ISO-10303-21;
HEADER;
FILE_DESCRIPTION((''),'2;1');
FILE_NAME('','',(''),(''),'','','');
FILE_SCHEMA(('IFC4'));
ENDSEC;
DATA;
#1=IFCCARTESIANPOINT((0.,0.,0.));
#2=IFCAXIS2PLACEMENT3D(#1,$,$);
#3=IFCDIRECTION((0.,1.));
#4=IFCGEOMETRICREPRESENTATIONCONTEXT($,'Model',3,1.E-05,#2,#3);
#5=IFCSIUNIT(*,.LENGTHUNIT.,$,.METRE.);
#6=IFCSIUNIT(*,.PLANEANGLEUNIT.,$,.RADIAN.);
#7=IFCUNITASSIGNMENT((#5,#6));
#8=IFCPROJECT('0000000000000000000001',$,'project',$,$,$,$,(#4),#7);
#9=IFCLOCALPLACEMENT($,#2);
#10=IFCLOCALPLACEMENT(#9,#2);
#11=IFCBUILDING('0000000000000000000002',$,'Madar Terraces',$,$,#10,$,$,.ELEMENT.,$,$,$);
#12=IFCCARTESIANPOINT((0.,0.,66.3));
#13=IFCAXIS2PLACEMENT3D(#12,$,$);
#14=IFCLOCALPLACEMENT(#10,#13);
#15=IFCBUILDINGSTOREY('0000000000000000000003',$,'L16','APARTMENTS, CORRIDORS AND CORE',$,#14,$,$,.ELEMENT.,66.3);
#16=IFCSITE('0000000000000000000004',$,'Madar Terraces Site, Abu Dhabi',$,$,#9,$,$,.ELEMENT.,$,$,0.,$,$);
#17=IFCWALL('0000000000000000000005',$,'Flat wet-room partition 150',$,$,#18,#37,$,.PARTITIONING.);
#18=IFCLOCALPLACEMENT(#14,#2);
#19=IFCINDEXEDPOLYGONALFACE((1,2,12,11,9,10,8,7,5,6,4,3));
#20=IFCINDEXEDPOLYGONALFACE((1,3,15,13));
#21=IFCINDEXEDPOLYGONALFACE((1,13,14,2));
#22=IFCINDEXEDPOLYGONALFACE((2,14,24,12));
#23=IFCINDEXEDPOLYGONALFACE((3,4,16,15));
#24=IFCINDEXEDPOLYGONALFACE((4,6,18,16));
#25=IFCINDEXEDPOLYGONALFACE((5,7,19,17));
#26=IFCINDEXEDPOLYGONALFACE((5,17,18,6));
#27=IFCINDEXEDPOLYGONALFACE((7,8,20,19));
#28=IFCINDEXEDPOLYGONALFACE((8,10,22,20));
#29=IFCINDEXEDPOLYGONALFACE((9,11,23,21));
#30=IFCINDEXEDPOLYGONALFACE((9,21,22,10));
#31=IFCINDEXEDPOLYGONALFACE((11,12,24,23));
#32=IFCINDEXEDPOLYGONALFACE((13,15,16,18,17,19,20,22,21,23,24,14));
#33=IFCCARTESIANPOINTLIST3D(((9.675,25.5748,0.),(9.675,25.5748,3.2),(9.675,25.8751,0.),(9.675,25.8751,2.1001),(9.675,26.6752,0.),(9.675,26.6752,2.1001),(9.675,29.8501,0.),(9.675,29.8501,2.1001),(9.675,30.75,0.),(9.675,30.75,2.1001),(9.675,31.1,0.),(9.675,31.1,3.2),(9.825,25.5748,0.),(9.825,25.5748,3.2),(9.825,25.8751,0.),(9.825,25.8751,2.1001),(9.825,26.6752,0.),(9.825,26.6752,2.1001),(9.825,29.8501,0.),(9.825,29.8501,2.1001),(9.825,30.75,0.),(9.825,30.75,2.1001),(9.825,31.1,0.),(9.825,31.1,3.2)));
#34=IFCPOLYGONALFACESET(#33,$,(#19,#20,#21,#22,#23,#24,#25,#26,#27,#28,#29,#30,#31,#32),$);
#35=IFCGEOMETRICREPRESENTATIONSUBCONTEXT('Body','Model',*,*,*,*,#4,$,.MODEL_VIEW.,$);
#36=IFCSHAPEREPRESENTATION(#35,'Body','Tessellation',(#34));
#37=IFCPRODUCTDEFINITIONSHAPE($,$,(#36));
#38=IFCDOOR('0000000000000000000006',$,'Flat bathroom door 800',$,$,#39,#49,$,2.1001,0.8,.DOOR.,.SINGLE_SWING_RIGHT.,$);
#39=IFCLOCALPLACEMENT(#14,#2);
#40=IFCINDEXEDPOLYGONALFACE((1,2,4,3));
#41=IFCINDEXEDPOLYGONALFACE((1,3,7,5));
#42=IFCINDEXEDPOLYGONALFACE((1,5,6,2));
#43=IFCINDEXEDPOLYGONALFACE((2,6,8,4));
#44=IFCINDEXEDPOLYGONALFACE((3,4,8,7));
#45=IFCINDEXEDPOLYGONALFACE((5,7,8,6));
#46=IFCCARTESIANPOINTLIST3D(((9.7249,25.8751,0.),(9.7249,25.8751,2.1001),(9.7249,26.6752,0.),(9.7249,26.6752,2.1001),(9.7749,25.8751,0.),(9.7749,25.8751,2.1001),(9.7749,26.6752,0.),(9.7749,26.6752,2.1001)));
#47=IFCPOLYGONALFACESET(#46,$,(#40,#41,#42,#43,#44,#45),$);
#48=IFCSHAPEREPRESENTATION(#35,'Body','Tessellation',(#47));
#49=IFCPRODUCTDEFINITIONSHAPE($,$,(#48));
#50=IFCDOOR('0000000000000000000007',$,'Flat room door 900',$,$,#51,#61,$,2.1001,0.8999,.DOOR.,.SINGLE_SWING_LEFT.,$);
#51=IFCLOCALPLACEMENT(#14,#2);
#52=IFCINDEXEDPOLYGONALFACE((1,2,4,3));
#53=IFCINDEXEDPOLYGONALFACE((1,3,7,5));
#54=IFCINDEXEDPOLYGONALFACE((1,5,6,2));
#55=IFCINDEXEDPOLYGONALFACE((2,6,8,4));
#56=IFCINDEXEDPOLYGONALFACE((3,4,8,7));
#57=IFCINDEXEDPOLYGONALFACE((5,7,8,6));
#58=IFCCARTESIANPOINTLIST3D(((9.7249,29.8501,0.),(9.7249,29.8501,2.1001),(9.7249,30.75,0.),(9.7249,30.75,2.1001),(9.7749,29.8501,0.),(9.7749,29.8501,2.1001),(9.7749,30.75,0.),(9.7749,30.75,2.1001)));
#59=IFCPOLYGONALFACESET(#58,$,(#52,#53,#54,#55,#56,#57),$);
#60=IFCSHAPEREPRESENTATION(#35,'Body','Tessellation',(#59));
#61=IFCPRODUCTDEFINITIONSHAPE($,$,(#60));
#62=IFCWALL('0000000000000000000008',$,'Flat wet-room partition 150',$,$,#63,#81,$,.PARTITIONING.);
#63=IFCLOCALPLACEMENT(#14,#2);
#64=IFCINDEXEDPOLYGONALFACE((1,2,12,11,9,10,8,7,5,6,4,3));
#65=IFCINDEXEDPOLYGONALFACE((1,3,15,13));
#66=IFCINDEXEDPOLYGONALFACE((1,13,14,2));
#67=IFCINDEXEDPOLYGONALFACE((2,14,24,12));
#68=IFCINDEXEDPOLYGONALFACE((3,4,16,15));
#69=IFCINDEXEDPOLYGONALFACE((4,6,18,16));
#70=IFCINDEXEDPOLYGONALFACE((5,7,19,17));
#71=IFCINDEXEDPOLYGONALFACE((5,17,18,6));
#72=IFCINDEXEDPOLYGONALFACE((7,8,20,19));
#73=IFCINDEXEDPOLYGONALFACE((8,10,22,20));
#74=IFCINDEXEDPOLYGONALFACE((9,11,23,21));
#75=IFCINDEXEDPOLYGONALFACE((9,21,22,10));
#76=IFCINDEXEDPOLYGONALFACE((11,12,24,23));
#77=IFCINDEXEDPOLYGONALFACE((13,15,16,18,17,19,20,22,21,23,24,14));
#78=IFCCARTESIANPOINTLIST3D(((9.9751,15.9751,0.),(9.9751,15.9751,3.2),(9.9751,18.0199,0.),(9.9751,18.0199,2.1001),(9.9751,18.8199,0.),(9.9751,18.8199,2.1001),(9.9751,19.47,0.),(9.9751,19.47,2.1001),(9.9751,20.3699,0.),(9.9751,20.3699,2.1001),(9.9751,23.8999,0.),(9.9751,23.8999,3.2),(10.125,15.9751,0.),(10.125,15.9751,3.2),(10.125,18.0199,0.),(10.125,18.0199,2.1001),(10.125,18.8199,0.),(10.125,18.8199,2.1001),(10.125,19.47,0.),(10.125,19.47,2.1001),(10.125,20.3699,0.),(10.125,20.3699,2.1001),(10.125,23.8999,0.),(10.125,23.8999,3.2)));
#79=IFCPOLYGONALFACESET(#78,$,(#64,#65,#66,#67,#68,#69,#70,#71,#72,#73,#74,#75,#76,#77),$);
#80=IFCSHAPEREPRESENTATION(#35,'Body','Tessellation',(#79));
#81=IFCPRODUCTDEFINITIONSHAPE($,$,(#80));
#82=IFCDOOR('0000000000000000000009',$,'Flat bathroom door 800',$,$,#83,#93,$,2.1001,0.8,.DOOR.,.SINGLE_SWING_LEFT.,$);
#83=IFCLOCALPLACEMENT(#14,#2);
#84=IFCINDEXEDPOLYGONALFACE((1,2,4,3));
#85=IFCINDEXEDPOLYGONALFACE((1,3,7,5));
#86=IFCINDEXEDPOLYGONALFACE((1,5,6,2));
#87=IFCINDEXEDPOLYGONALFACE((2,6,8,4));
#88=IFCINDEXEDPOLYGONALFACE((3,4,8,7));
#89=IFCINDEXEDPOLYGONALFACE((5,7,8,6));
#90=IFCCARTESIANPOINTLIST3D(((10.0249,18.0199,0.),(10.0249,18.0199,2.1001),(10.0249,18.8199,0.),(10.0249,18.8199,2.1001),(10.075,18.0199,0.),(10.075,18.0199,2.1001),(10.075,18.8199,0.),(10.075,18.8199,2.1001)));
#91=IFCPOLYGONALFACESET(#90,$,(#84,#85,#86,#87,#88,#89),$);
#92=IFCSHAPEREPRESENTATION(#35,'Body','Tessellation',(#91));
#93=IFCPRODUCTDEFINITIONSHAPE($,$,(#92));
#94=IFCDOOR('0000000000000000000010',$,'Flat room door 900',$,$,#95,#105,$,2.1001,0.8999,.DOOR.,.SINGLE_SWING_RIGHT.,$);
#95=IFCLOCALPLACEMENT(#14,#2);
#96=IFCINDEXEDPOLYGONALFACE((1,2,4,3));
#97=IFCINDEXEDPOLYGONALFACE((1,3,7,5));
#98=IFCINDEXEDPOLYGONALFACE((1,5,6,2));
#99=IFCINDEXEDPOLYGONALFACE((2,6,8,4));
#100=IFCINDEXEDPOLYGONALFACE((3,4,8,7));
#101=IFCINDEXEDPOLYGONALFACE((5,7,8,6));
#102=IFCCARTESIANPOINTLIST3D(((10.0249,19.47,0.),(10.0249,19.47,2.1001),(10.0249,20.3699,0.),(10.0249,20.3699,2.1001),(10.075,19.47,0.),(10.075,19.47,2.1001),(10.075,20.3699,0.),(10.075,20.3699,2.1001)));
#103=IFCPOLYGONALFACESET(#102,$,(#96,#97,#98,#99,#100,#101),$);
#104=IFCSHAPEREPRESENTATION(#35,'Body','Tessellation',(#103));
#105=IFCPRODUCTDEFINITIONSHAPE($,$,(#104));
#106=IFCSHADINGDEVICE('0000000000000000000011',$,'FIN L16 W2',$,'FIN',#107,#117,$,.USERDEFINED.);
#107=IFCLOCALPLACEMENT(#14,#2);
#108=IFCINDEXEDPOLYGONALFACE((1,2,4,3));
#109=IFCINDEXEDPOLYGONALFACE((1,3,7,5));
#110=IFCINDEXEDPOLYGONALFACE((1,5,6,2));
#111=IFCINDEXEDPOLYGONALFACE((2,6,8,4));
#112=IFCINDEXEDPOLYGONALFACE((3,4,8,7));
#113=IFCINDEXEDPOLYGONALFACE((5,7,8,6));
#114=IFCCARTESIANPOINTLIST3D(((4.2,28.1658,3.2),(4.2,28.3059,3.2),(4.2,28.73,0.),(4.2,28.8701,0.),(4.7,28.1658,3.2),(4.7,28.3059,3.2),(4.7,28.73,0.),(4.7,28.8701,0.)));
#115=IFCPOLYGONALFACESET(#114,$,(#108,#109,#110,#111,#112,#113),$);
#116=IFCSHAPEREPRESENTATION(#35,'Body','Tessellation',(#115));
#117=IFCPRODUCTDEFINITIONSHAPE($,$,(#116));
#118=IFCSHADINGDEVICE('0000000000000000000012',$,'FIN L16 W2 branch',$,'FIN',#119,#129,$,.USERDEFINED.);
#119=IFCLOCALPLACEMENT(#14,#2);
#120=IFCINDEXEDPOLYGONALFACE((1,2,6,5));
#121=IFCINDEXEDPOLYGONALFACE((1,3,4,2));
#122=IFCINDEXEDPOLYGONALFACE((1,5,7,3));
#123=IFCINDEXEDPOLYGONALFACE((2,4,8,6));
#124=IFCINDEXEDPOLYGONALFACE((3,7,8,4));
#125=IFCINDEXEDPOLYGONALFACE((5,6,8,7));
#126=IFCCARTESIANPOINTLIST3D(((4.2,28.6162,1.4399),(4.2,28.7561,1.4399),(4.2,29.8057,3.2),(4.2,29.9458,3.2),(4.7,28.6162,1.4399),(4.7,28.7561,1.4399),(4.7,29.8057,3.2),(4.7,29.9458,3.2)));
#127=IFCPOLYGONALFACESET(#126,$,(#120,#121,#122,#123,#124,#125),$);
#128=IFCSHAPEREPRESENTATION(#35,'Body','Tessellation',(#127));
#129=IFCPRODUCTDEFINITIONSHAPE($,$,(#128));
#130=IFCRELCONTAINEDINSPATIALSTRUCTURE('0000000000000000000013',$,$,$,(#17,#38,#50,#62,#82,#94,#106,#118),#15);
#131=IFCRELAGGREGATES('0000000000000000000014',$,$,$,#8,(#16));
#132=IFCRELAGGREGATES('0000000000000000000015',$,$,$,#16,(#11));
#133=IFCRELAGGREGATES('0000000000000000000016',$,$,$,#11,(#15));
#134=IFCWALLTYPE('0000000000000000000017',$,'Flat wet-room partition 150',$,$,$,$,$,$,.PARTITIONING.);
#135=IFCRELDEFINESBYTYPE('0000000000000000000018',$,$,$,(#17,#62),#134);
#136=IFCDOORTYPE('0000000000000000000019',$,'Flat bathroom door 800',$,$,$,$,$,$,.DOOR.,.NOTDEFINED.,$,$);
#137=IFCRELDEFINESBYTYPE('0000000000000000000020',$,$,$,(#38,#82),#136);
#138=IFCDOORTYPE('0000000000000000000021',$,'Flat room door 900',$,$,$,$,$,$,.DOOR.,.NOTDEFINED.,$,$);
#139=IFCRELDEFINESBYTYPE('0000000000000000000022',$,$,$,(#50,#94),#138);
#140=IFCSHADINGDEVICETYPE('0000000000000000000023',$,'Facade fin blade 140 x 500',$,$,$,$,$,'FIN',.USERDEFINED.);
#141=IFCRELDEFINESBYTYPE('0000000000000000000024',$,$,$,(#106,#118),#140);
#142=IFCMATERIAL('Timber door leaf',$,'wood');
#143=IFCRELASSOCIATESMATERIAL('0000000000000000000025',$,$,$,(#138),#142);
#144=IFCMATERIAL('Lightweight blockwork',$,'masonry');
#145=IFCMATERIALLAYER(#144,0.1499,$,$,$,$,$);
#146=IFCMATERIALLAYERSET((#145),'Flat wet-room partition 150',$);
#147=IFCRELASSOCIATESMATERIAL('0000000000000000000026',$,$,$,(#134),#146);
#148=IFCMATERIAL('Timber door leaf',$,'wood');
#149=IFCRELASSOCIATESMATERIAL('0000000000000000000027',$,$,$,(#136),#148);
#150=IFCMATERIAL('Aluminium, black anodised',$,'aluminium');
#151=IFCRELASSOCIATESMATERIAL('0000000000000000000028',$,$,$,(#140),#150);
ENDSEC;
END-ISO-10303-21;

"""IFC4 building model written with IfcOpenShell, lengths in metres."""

from ifc_helpers import new_model, si_unit, direction, frame, frame_2d, origin, place, context, subcontext, project, spatial, polyline, rectangle, outline, extrude, material, layer, layer_set, type_object, element, fill, save


model = new_model("IFC4")

# Units and contexts
model_context = context("Model", 3, precision=1e-05, world=origin(), true_north=direction((0.0, 1.0)))
body_context = subcontext(model_context, "Body", "Model", "MODEL_VIEW")
ifc_project = project(units=[si_unit("LENGTHUNIT", "METRE"), si_unit("PLANEANGLEUNIT", "RADIAN")], contexts=[model_context])

# Site, building, storey
site_placement = place(None, origin())
site = spatial("IfcSite", under=ifc_project, at=site_placement, Name="Madar Terraces Site, Abu Dhabi", CompositionType="ELEMENT", RefElevation=0.0)
building_placement = place(site_placement, origin())
building = spatial("IfcBuilding", under=site, at=building_placement, Name="Madar Terraces", CompositionType="ELEMENT")
storey_placement = place(building_placement, frame((0.0, 0.0, 66.3)))
storey = spatial("IfcBuildingStorey", under=building, at=storey_placement, Name="L16", Description="APARTMENTS, CORRIDORS AND CORE", CompositionType="ELEMENT", Elevation=66.3)

# Shared definitions
ifc_material_1 = material(Name="Timber door leaf", Category="wood")
door_type_1 = type_object("IfcDoorType", Name="Flat room door 900", OperationType="NOTDEFINED", PredefinedType="DOOR", material=ifc_material_1)

# Shared definitions
ifc_material_2 = material(Name="Lightweight blockwork", Category="masonry")
ifc_layer_1 = layer(ifc_material_2, 0.1499)
ifc_layer_set_1 = layer_set([ifc_layer_1], Name="Flat wet-room partition 150")
wall_type_1 = type_object("IfcWallType", Name="Flat wet-room partition 150", PredefinedType="PARTITIONING", material=ifc_layer_set_1)

# Walls, openings, doors
wall_1_placement = place(storey_placement, frame((9.75, 31.1001, 0.0), z_axis=(0.0, 0.0, 1.0), x_axis=(0.0, -1.0, 0.0)))
wall_1 = element("IfcWall", 1, at=wall_1_placement, inside=storey, type_object=wall_type_1, Name="Flat wet-room partition 150", PredefinedType="PARTITIONING", context=body_context, shape_type="SweptSolid", body=[
    extrude(rectangle(XDim=5.5251, YDim=0.1499, at=frame_2d((2.7627, 0.0))), origin(), (0.0, 0.0, 1.0), 3.2),
])
opening_1_placement = place(wall_1_placement, frame((4.425, 0.0, 0.0)))
opening_1 = element("IfcOpeningElement", 2, at=opening_1_placement, cuts=wall_1, PredefinedType="OPENING", context=body_context, shape_type="SweptSolid", body=[
    extrude(rectangle(XDim=0.8, YDim=2.1001, at=frame_2d((0.3999, 1.05))), frame((0.0, 0.085, 0.0), z_axis=(0.0, -1.0, 0.0), x_axis=(1.0, 0.0, 0.0)), (0.0, 0.0, 1.0), 0.1699),
])
opening_2_placement = place(wall_1_placement, frame((0.3501, 0.0, 0.0)))
opening_2 = element("IfcOpeningElement", 3, at=opening_2_placement, cuts=wall_1, PredefinedType="OPENING", context=body_context, shape_type="SweptSolid", body=[
    extrude(rectangle(XDim=0.8999, YDim=2.1001, at=frame_2d((0.45, 1.05))), frame((0.0, 0.085, 0.0), z_axis=(0.0, -1.0, 0.0), x_axis=(1.0, 0.0, 0.0)), (0.0, 0.0, 1.0), 0.1699),
])
ifc_material_3 = material(Name="Timber door leaf", Category="wood")
door_type_2 = type_object("IfcDoorType", Name="Flat bathroom door 800", OperationType="NOTDEFINED", PredefinedType="DOOR", material=ifc_material_3)
door_1_placement = place(opening_1_placement, origin())
door_1 = element("IfcDoor", 4, at=door_1_placement, inside=storey, type_object=door_type_2, Name="Flat bathroom door 800", OperationType="SINGLE_SWING_RIGHT", OverallHeight=2.1001, OverallWidth=0.8, PredefinedType="DOOR", context=body_context, shape_type="SweptSolid", body=[
    extrude(rectangle(XDim=0.8, YDim=2.1001, at=frame_2d((0.3999, 1.05))), frame((0.0, 0.0249, 0.0), z_axis=(0.0, -1.0, 0.0), x_axis=(1.0, 0.0, 0.0)), (0.0, 0.0, 1.0), 0.05),
])
fill(opening_1, door_1)
door_2_placement = place(opening_2_placement, origin())
door_2 = element("IfcDoor", 5, at=door_2_placement, inside=storey, type_object=door_type_1, Name="Flat room door 900", OperationType="SINGLE_SWING_LEFT", OverallHeight=2.1001, OverallWidth=0.8999, PredefinedType="DOOR", context=body_context, shape_type="SweptSolid", body=[
    extrude(rectangle(XDim=0.8999, YDim=2.1001, at=frame_2d((0.45, 1.05))), frame((0.0, 0.0249, 0.0), z_axis=(0.0, -1.0, 0.0), x_axis=(1.0, 0.0, 0.0)), (0.0, 0.0, 1.0), 0.05),
])
fill(opening_2, door_2)
wall_2_placement = place(storey_placement, frame((10.05, 23.8999, 0.0), z_axis=(0.0, 0.0, 1.0), x_axis=(0.0, -1.0, 0.0)))
wall_2 = element("IfcWall", 6, at=wall_2_placement, inside=storey, type_object=wall_type_1, Name="Flat wet-room partition 150", PredefinedType="PARTITIONING", context=body_context, shape_type="SweptSolid", body=[
    extrude(rectangle(XDim=7.9248, YDim=0.1499, at=frame_2d((3.9624, 0.0))), origin(), (0.0, 0.0, 1.0), 3.2),
])
opening_3_placement = place(wall_2_placement, frame((5.0801, 0.0, 0.0)))
opening_3 = element("IfcOpeningElement", 7, at=opening_3_placement, cuts=wall_2, PredefinedType="OPENING", context=body_context, shape_type="SweptSolid", body=[
    extrude(rectangle(XDim=0.8, YDim=2.1001, at=frame_2d((0.3999, 1.05))), frame((0.0, 0.085, 0.0), z_axis=(0.0, -1.0, 0.0), x_axis=(1.0, 0.0, 0.0)), (0.0, 0.0, 1.0), 0.1699),
])
opening_4_placement = place(wall_2_placement, frame((3.53, 0.0, 0.0)))
opening_4 = element("IfcOpeningElement", 8, at=opening_4_placement, cuts=wall_2, PredefinedType="OPENING", context=body_context, shape_type="SweptSolid", body=[
    extrude(rectangle(XDim=0.8999, YDim=2.1001, at=frame_2d((0.45, 1.05))), frame((0.0, 0.085, 0.0), z_axis=(0.0, -1.0, 0.0), x_axis=(1.0, 0.0, 0.0)), (0.0, 0.0, 1.0), 0.1699),
])
door_3_placement = place(opening_3_placement, origin())
door_3 = element("IfcDoor", 9, at=door_3_placement, inside=storey, type_object=door_type_2, Name="Flat bathroom door 800", OperationType="SINGLE_SWING_LEFT", OverallHeight=2.1001, OverallWidth=0.8, PredefinedType="DOOR", context=body_context, shape_type="SweptSolid", body=[
    extrude(rectangle(XDim=0.8, YDim=2.1001, at=frame_2d((0.3999, 1.05))), frame((0.0, 0.0249, 0.0), z_axis=(0.0, -1.0, 0.0), x_axis=(1.0, 0.0, 0.0)), (0.0, 0.0, 1.0), 0.05),
])
fill(opening_3, door_3)
door_4_placement = place(opening_4_placement, origin())
door_4 = element("IfcDoor", 10, at=door_4_placement, inside=storey, type_object=door_type_1, Name="Flat room door 900", OperationType="SINGLE_SWING_RIGHT", OverallHeight=2.1001, OverallWidth=0.8999, PredefinedType="DOOR", context=body_context, shape_type="SweptSolid", body=[
    extrude(rectangle(XDim=0.8999, YDim=2.1001, at=frame_2d((0.45, 1.05))), frame((0.0, 0.0249, 0.0), z_axis=(0.0, -1.0, 0.0), x_axis=(1.0, 0.0, 0.0)), (0.0, 0.0, 1.0), 0.05),
])
fill(opening_4, door_4)

# Shading devices
ifc_material_4 = material(Name="Aluminium, black anodised", Category="aluminium")
shading_device_type = type_object("IfcShadingDeviceType", Name="Facade fin blade 140 x 500", ElementType="FIN", PredefinedType="USERDEFINED", material=ifc_material_4)
shading_device_1_placement = place(storey_placement, frame((4.45, 28.8701, 0.0), z_axis=(0.0, 0.0, 1.0), x_axis=(0.0, -1.0, 0.0)))
element("IfcShadingDevice", 11, at=shading_device_1_placement, inside=storey, type_object=shading_device_type, Name="FIN L16 W2", ObjectType="FIN", PredefinedType="USERDEFINED", context=body_context, shape_type="SweptSolid", body=[
    extrude(outline(polyline([(0.0, 0.0), (0.1401, 0.0), (0.7043, 3.2), (0.5642, 3.2), (0.0, 0.0)])), frame((0.0, 0.25, 0.0), z_axis=(0.0, -1.0, 0.0), x_axis=(1.0, 0.0, 0.0)), (0.0, 0.0, 1.0), 0.5),
])
shading_device_2_placement = place(storey_placement, frame((4.45, 28.7561, 1.4399), z_axis=(0.0, 0.0, 1.0), x_axis=(0.0, -1.0, 0.0)))
element("IfcShadingDevice", 12, at=shading_device_2_placement, inside=storey, type_object=shading_device_type, Name="FIN L16 W2 branch", ObjectType="FIN", PredefinedType="USERDEFINED", context=body_context, shape_type="SweptSolid", body=[
    extrude(outline(polyline([(0.0, 0.0), (0.1399, 0.0), (-1.0496, 1.76), (-1.1897, 1.76), (0.0, 0.0)])), frame((0.0, 0.25, 0.0), z_axis=(0.0, -1.0, 0.0), x_axis=(1.0, 0.0, 0.0)), (0.0, 0.0, 1.0), 0.5),
])

save(model, "model.ifc")
